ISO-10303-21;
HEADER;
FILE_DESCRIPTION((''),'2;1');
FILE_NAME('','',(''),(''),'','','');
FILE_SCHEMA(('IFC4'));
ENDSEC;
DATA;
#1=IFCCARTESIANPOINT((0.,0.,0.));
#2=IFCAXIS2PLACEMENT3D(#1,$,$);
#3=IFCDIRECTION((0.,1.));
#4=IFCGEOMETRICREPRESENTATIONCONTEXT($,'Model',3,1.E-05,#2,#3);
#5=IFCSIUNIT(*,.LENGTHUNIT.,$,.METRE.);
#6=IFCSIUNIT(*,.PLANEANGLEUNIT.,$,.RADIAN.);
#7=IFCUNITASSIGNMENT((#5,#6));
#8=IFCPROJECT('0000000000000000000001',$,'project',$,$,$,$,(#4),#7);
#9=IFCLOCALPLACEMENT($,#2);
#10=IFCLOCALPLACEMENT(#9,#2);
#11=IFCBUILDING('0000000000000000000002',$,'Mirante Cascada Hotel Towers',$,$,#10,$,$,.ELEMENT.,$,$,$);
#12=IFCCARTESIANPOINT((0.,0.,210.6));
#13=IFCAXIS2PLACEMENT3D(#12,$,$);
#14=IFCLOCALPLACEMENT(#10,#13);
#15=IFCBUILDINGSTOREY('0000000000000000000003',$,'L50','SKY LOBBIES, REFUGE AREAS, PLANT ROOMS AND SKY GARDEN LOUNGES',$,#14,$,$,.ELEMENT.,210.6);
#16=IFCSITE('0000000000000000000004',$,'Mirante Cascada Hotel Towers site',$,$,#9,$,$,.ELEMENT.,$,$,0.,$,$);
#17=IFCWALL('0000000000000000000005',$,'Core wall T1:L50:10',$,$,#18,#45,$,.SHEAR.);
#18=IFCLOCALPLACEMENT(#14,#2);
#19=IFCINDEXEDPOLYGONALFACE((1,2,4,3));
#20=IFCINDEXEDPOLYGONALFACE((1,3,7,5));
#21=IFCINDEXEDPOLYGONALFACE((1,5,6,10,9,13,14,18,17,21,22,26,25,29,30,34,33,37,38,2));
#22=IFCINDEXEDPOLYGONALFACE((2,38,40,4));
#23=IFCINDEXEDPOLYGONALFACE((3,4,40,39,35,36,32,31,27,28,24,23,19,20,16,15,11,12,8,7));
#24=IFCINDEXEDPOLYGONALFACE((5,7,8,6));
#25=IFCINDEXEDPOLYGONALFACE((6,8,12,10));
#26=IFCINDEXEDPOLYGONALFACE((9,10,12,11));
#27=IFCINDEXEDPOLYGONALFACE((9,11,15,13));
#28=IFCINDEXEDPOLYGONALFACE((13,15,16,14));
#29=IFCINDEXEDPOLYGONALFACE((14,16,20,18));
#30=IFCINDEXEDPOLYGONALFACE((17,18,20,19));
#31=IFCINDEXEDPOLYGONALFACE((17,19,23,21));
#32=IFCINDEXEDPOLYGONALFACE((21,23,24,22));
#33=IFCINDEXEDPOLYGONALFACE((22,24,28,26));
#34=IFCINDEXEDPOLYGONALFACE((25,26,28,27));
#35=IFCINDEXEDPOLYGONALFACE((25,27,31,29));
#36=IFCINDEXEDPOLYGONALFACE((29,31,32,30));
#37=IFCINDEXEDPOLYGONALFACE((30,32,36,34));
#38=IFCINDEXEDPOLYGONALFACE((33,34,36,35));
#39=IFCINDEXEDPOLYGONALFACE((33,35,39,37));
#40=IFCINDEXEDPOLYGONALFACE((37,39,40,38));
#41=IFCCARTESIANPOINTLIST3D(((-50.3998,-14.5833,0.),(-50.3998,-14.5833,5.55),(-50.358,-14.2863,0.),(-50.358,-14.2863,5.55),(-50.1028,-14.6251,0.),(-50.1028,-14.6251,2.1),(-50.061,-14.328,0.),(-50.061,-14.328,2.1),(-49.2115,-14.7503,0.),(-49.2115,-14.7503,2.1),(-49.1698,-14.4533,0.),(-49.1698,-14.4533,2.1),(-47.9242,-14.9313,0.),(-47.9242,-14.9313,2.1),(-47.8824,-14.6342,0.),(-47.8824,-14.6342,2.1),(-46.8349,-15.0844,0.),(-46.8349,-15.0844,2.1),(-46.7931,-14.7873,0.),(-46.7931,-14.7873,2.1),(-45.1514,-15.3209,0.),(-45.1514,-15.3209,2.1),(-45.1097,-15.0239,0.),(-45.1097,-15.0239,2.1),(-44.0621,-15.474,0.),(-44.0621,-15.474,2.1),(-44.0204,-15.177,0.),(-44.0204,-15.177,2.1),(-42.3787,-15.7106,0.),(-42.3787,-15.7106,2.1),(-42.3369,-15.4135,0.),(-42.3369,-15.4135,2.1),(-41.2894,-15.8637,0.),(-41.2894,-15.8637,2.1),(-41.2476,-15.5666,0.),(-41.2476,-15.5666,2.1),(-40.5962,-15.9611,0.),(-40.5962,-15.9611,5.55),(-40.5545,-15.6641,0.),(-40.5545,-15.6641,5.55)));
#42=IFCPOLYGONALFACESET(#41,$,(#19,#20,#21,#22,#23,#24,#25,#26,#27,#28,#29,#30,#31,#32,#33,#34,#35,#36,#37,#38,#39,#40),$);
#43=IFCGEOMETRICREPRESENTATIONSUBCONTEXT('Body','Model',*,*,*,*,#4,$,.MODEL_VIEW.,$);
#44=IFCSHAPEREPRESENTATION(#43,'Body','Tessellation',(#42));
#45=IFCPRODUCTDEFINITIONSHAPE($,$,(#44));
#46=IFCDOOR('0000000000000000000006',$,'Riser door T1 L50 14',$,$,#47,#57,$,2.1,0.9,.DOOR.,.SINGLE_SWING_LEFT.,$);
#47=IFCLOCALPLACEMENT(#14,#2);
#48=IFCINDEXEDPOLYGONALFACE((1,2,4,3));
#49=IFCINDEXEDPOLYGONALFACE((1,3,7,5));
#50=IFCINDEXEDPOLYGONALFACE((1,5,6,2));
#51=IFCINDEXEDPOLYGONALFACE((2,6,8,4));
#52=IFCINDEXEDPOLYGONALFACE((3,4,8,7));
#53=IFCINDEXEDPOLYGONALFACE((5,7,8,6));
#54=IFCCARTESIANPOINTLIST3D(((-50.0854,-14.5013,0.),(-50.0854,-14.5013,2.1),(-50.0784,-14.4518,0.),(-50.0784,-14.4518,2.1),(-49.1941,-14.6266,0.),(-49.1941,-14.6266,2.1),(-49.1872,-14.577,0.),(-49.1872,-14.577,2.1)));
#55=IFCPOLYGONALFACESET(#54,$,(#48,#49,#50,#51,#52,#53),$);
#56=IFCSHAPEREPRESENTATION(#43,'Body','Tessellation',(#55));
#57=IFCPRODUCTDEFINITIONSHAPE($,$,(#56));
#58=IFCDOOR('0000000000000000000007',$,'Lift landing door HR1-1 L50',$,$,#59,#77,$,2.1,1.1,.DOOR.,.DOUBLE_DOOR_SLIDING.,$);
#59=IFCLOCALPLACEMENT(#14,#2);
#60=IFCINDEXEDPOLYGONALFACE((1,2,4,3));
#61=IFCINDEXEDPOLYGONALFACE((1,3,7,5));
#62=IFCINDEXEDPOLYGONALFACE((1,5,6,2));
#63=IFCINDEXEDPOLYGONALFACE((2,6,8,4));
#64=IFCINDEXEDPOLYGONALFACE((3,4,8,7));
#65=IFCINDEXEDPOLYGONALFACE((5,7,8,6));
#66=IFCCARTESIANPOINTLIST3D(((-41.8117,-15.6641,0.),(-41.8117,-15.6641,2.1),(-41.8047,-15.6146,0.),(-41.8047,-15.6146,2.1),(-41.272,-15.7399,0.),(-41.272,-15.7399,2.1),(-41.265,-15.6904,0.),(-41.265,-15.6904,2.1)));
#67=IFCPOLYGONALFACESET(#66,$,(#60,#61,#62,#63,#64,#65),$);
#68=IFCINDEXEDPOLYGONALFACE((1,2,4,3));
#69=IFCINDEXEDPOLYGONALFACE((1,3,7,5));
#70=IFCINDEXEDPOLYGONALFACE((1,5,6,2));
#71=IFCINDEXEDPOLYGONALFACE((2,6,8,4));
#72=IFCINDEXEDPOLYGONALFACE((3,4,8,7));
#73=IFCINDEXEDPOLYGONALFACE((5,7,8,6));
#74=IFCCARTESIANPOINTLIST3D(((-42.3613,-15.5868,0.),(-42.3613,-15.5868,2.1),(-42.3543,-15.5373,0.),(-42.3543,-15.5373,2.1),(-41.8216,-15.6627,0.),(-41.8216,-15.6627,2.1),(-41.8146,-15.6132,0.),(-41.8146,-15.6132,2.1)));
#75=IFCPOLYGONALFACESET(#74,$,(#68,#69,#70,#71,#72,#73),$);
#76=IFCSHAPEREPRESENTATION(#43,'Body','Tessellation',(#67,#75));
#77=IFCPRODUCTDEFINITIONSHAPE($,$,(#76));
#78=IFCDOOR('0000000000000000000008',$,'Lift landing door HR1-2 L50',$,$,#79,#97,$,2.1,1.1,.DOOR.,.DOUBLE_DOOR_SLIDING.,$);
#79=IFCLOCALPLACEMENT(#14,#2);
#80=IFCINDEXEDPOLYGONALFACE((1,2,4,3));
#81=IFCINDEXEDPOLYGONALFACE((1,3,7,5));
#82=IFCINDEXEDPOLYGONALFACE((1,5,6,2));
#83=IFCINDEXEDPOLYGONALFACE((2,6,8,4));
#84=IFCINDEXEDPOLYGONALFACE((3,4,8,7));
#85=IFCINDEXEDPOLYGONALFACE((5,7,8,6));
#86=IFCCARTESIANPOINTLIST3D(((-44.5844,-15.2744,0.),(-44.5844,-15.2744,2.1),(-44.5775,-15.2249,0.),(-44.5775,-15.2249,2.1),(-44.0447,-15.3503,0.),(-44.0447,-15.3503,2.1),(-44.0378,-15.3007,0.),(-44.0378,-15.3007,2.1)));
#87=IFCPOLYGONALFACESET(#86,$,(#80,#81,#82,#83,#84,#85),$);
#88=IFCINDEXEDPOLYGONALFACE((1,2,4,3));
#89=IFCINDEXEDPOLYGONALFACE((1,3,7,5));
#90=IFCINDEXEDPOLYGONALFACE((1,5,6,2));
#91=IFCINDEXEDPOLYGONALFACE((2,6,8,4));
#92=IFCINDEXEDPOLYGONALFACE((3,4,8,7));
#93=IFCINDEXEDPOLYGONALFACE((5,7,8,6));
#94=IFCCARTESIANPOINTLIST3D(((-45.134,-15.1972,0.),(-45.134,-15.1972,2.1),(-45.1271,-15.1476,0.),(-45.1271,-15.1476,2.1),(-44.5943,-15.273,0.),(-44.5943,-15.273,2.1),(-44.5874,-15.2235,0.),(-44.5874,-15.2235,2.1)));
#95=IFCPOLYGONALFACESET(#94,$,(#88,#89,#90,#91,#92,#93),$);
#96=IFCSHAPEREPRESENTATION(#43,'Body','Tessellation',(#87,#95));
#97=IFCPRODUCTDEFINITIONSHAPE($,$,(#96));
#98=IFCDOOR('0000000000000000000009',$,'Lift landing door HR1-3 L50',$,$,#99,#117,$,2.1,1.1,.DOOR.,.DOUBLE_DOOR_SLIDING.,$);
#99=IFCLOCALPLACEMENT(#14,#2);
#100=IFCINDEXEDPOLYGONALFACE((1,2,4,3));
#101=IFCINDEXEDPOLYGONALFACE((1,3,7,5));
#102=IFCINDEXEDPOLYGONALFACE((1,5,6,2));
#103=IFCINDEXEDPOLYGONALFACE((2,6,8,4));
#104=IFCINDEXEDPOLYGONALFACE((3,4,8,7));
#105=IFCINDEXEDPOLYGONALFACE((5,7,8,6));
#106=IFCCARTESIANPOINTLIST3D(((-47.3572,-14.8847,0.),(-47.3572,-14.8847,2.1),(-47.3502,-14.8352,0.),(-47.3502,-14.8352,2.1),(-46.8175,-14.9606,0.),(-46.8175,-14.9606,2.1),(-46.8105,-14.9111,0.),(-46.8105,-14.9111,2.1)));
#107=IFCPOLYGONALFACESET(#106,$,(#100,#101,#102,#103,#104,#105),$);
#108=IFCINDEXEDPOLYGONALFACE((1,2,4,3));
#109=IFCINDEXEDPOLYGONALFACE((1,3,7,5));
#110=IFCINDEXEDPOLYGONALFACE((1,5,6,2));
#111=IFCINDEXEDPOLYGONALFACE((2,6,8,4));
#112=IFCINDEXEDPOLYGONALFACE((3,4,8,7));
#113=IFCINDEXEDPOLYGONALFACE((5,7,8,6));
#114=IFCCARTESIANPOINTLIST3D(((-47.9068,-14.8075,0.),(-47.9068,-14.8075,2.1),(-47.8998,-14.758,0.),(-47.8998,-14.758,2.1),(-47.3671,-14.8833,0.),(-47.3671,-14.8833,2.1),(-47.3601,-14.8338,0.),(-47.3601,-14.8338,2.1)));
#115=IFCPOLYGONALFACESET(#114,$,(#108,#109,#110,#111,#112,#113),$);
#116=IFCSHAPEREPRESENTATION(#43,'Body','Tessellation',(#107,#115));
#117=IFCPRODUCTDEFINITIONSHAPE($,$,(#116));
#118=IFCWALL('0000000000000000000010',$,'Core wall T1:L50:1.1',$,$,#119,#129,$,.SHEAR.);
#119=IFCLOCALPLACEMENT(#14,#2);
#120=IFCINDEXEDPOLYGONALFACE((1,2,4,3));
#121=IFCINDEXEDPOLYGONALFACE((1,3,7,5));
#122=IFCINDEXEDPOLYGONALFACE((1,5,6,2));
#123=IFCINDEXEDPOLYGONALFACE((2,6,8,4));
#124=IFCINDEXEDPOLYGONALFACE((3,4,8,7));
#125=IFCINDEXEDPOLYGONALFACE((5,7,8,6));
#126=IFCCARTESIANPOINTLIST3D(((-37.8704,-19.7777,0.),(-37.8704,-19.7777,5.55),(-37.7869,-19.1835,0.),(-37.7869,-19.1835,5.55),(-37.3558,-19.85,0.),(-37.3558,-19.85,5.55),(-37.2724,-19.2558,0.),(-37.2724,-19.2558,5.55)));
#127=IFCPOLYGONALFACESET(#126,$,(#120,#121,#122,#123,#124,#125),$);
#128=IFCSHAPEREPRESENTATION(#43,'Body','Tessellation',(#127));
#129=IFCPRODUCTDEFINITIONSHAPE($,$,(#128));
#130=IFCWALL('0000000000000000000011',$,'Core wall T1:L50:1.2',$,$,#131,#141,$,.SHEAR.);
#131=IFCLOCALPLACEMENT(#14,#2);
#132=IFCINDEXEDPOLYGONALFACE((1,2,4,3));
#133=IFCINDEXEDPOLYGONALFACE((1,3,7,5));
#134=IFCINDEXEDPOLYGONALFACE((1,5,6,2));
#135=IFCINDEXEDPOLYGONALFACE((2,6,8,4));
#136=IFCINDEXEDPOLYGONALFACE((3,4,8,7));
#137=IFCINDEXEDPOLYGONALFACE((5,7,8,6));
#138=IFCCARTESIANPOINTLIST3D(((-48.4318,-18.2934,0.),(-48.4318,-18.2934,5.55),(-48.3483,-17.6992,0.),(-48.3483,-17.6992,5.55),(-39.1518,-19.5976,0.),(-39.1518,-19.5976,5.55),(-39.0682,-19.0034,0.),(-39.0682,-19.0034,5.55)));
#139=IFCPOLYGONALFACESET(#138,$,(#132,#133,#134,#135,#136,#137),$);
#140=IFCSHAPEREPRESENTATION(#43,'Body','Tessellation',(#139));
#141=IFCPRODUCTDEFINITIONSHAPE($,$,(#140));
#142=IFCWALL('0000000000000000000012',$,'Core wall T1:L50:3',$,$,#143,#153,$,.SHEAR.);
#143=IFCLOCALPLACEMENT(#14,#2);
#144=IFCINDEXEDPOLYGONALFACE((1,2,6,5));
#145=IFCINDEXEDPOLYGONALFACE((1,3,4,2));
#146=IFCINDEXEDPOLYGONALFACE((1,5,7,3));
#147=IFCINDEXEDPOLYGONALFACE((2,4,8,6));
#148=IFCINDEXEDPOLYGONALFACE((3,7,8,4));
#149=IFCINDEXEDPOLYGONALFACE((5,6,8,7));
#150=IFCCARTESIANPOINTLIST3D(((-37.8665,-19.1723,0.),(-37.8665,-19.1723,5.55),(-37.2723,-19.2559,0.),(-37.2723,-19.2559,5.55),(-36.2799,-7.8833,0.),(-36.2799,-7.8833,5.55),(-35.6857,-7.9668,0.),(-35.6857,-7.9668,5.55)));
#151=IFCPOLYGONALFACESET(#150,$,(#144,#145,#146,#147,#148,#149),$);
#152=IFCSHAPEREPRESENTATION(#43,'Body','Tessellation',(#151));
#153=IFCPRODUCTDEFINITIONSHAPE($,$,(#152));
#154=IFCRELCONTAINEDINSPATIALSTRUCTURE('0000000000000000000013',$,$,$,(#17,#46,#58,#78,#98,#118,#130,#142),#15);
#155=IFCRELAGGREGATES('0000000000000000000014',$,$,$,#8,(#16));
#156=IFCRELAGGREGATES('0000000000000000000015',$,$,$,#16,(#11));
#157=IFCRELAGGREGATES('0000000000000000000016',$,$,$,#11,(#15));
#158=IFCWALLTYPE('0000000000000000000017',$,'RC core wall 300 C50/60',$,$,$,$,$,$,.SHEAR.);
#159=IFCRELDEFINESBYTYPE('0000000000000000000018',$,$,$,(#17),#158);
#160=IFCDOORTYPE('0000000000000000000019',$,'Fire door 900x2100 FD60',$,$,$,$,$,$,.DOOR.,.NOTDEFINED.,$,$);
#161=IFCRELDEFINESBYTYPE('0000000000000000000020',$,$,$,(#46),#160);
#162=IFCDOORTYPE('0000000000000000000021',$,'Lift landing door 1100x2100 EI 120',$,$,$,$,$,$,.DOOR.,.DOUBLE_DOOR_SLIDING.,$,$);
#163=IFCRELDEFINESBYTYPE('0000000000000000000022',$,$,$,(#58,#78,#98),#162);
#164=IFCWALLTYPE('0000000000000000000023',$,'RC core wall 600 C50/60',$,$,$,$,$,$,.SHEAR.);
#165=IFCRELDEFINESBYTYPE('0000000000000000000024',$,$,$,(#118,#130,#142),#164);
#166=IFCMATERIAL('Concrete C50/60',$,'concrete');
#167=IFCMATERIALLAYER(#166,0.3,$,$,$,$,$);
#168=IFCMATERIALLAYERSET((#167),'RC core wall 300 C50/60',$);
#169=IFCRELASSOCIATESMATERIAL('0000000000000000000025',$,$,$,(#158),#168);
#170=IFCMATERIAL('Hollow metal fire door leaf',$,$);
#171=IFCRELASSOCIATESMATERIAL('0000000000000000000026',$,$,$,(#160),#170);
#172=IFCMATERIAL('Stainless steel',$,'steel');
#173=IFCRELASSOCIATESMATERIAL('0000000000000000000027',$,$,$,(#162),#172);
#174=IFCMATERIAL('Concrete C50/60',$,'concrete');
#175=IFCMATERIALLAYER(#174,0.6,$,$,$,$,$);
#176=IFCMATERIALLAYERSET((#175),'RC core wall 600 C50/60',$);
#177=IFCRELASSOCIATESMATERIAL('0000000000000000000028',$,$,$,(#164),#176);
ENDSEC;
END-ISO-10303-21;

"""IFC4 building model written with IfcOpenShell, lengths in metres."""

from ifc_helpers import new_model, si_unit, direction, frame, frame_2d, origin, place, context, subcontext, project, spatial, rectangle, extrude, material, layer, layer_set, type_object, element, fill, save


model = new_model("IFC4")

# Units and contexts
model_context = context("Model", 3, precision=1e-05, world=origin(), true_north=direction((0.0, 1.0)))
body_context = subcontext(model_context, "Body", "Model", "MODEL_VIEW")
ifc_project = project(units=[si_unit("LENGTHUNIT", "METRE"), si_unit("PLANEANGLEUNIT", "RADIAN")], contexts=[model_context])

# Site, building, storey
site_placement = place(None, origin())
site = spatial("IfcSite", under=ifc_project, at=site_placement, Name="Mirante Cascada Hotel Towers site", CompositionType="ELEMENT", RefElevation=0.0)
building_placement = place(site_placement, origin())
building = spatial("IfcBuilding", under=site, at=building_placement, Name="Mirante Cascada Hotel Towers", CompositionType="ELEMENT")
storey_placement = place(building_placement, frame((0.0, 0.0, 210.6)))
storey = spatial("IfcBuildingStorey", under=building, at=storey_placement, Name="L50", Description="SKY LOBBIES, REFUGE AREAS, PLANT ROOMS AND SKY GARDEN LOUNGES", CompositionType="ELEMENT", Elevation=210.6)

# Shared definitions
ifc_material_1 = material(Name="Concrete C50/60", Category="concrete")
ifc_layer_1 = layer(ifc_material_1, 0.3)
ifc_layer_set_1 = layer_set([ifc_layer_1], Name="RC core wall 300 C50/60")
wall_type_1 = type_object("IfcWallType", Name="RC core wall 300 C50/60", PredefinedType="SHEAR", material=ifc_layer_set_1)

# Wall, openings, doors
wall_1_placement = place(storey_placement, frame((-40.5753, -15.8126, 0.0), z_axis=(0.0, 0.0, 1.0), x_axis=(-0.990268, 0.139173, 0.0)))
wall_1 = element("IfcWall", 1, at=wall_1_placement, inside=storey, type_object=wall_type_1, Name="Core wall T1:L50:10", PredefinedType="SHEAR", context=body_context, shape_type="SweptSolid", body=[
    extrude(rectangle(XDim=9.8999, YDim=0.3, at=frame_2d((4.95, 0.0))), origin(), (0.0, 0.0, 1.0), 5.55),
])
opening_1_placement = place(wall_1_placement, frame((0.7, 0.0, 0.0)))
opening_1 = element("IfcOpeningElement", 2, at=opening_1_placement, cuts=wall_1, PredefinedType="OPENING", context=body_context, shape_type="SweptSolid", body=[
    extrude(rectangle(XDim=1.1, YDim=2.1, at=frame_2d((0.55, 1.05))), frame((0.0, 0.15, 0.0), z_axis=(0.0, -1.0, 0.0), x_axis=(1.0, 0.0, 0.0)), (0.0, 0.0, 1.0), 0.3),
])
opening_2_placement = place(wall_1_placement, frame((3.5, 0.0, 0.0)))
opening_2 = element("IfcOpeningElement", 3, at=opening_2_placement, cuts=wall_1, PredefinedType="OPENING", context=body_context, shape_type="SweptSolid", body=[
    extrude(rectangle(XDim=1.1, YDim=2.1, at=frame_2d((0.55, 1.05))), frame((0.0, 0.15, 0.0), z_axis=(0.0, -1.0, 0.0), x_axis=(1.0, 0.0, 0.0)), (0.0, 0.0, 1.0), 0.3),
])
opening_3_placement = place(wall_1_placement, frame((6.3, 0.0, 0.0)))
opening_3 = element("IfcOpeningElement", 4, at=opening_3_placement, cuts=wall_1, PredefinedType="OPENING", context=body_context, shape_type="SweptSolid", body=[
    extrude(rectangle(XDim=1.1, YDim=2.1, at=frame_2d((0.55, 1.05))), frame((0.0, 0.15, 0.0), z_axis=(0.0, -1.0, 0.0), x_axis=(1.0, 0.0, 0.0)), (0.0, 0.0, 1.0), 0.3),
])
opening_4_placement = place(wall_1_placement, frame((8.7, 0.0, 0.0)))
opening_4 = element("IfcOpeningElement", 5, at=opening_4_placement, cuts=wall_1, PredefinedType="OPENING", context=body_context, shape_type="SweptSolid", body=[
    extrude(rectangle(XDim=0.9, YDim=2.1, at=frame_2d((0.45, 1.05))), frame((0.0, 0.15, 0.0), z_axis=(0.0, -1.0, 0.0), x_axis=(1.0, 0.0, 0.0)), (0.0, 0.0, 1.0), 0.3),
])
ifc_material_2 = material(Name="Hollow metal fire door leaf")
door_type_1 = type_object("IfcDoorType", Name="Fire door 900x2100 FD60", OperationType="NOTDEFINED", PredefinedType="DOOR", material=ifc_material_2)
door_1_placement = place(opening_4_placement, origin())
door_1 = element("IfcDoor", 6, at=door_1_placement, inside=storey, type_object=door_type_1, Name="Riser door T1 L50 14", OperationType="SINGLE_SWING_LEFT", OverallHeight=2.1, OverallWidth=0.9, PredefinedType="DOOR", context=body_context, shape_type="SweptSolid", body=[
    extrude(rectangle(XDim=0.9, YDim=2.1, at=frame_2d((0.45, 1.05))), frame((0.0, 0.025, 0.0), z_axis=(0.0, -1.0, 0.0), x_axis=(1.0, 0.0, 0.0)), (0.0, 0.0, 1.0), 0.05),
])
fill(opening_4, door_1)
ifc_material_3 = material(Name="Stainless steel", Category="steel")
door_type_2 = type_object("IfcDoorType", Name="Lift landing door 1100x2100 EI 120", OperationType="DOUBLE_DOOR_SLIDING", PredefinedType="DOOR", material=ifc_material_3)
door_2_placement = place(opening_1_placement, origin())
door_2 = element("IfcDoor", 7, at=door_2_placement, inside=storey, type_object=door_type_2, Name="Lift landing door HR1-1 L50", OperationType="DOUBLE_DOOR_SLIDING", OverallHeight=2.1, OverallWidth=1.1, PredefinedType="DOOR", context=body_context, shape_type="SweptSolid", body=[
    extrude(rectangle(XDim=0.545, YDim=2.1, at=frame_2d((0.2725, 1.05))), frame((0.0, 0.025, 0.0), z_axis=(0.0, -1.0, 0.0), x_axis=(1.0, 0.0, 0.0)), (0.0, 0.0, 1.0), 0.05),
    extrude(rectangle(XDim=0.545, YDim=2.1, at=frame_2d((0.8275, 1.05))), frame((0.0, 0.025, 0.0), z_axis=(0.0, -1.0, 0.0), x_axis=(1.0, 0.0, 0.0)), (0.0, 0.0, 1.0), 0.05),
])
fill(opening_1, door_2)
door_3_placement = place(opening_2_placement, origin())
door_3 = element("IfcDoor", 8, at=door_3_placement, inside=storey, type_object=door_type_2, Name="Lift landing door HR1-2 L50", OperationType="DOUBLE_DOOR_SLIDING", OverallHeight=2.1, OverallWidth=1.1, PredefinedType="DOOR", context=body_context, shape_type="SweptSolid", body=[
    extrude(rectangle(XDim=0.545, YDim=2.1, at=frame_2d((0.2725, 1.05))), frame((0.0, 0.025, 0.0), z_axis=(0.0, -1.0, 0.0), x_axis=(1.0, 0.0, 0.0)), (0.0, 0.0, 1.0), 0.05),
    extrude(rectangle(XDim=0.545, YDim=2.1, at=frame_2d((0.8275, 1.05))), frame((0.0, 0.025, 0.0), z_axis=(0.0, -1.0, 0.0), x_axis=(1.0, 0.0, 0.0)), (0.0, 0.0, 1.0), 0.05),
])
fill(opening_2, door_3)
door_4_placement = place(opening_3_placement, origin())
door_4 = element("IfcDoor", 9, at=door_4_placement, inside=storey, type_object=door_type_2, Name="Lift landing door HR1-3 L50", OperationType="DOUBLE_DOOR_SLIDING", OverallHeight=2.1, OverallWidth=1.1, PredefinedType="DOOR", context=body_context, shape_type="SweptSolid", body=[
    extrude(rectangle(XDim=0.545, YDim=2.1, at=frame_2d((0.2725, 1.05))), frame((0.0, 0.025, 0.0), z_axis=(0.0, -1.0, 0.0), x_axis=(1.0, 0.0, 0.0)), (0.0, 0.0, 1.0), 0.05),
    extrude(rectangle(XDim=0.545, YDim=2.1, at=frame_2d((0.8275, 1.05))), frame((0.0, 0.025, 0.0), z_axis=(0.0, -1.0, 0.0), x_axis=(1.0, 0.0, 0.0)), (0.0, 0.0, 1.0), 0.05),
])
fill(opening_3, door_4)

# Walls
ifc_material_4 = material(Name="Concrete C50/60", Category="concrete")
ifc_layer_2 = layer(ifc_material_4, 0.6)
ifc_layer_set_2 = layer_set([ifc_layer_2], Name="RC core wall 600 C50/60")
wall_type_2 = type_object("IfcWallType", Name="RC core wall 600 C50/60", PredefinedType="SHEAR", material=ifc_layer_set_2)
wall_2_placement = place(storey_placement, frame((-37.3141, -19.5529, 0.0), z_axis=(0.0, 0.0, 1.0), x_axis=(-0.99027, 0.139157, 0.0)))
element("IfcWall", 10, at=wall_2_placement, inside=storey, type_object=wall_type_2, Name="Core wall T1:L50:1.1", PredefinedType="SHEAR", context=body_context, shape_type="SweptSolid", body=[
    extrude(rectangle(XDim=0.5196, YDim=0.6, at=frame_2d((0.2598, 0.0))), origin(), (0.0, 0.0, 1.0), 5.55),
])
wall_3_placement = place(storey_placement, frame((-39.11, -19.3005, 0.0), z_axis=(0.0, 0.0, 1.0), x_axis=(-0.990268, 0.139171, 0.0)))
element("IfcWall", 11, at=wall_3_placement, inside=storey, type_object=wall_type_2, Name="Core wall T1:L50:1.2", PredefinedType="SHEAR", context=body_context, shape_type="SweptSolid", body=[
    extrude(rectangle(XDim=9.3712, YDim=0.6, at=frame_2d((4.6856, 0.0))), origin(), (0.0, 0.0, 1.0), 5.55),
])
wall_4_placement = place(storey_placement, frame((-37.5694, -19.2141, 0.0), z_axis=(0.0, 0.0, 1.0), x_axis=(0.139175, 0.990268, 0.0)))
element("IfcWall", 12, at=wall_4_placement, inside=storey, type_object=wall_type_2, Name="Core wall T1:L50:3", PredefinedType="SHEAR", context=body_context, shape_type="SweptSolid", body=[
    extrude(rectangle(XDim=11.4, YDim=0.6, at=frame_2d((5.7, 0.0))), origin(), (0.0, 0.0, 1.0), 5.55),
])

save(model, "model.ifc")
